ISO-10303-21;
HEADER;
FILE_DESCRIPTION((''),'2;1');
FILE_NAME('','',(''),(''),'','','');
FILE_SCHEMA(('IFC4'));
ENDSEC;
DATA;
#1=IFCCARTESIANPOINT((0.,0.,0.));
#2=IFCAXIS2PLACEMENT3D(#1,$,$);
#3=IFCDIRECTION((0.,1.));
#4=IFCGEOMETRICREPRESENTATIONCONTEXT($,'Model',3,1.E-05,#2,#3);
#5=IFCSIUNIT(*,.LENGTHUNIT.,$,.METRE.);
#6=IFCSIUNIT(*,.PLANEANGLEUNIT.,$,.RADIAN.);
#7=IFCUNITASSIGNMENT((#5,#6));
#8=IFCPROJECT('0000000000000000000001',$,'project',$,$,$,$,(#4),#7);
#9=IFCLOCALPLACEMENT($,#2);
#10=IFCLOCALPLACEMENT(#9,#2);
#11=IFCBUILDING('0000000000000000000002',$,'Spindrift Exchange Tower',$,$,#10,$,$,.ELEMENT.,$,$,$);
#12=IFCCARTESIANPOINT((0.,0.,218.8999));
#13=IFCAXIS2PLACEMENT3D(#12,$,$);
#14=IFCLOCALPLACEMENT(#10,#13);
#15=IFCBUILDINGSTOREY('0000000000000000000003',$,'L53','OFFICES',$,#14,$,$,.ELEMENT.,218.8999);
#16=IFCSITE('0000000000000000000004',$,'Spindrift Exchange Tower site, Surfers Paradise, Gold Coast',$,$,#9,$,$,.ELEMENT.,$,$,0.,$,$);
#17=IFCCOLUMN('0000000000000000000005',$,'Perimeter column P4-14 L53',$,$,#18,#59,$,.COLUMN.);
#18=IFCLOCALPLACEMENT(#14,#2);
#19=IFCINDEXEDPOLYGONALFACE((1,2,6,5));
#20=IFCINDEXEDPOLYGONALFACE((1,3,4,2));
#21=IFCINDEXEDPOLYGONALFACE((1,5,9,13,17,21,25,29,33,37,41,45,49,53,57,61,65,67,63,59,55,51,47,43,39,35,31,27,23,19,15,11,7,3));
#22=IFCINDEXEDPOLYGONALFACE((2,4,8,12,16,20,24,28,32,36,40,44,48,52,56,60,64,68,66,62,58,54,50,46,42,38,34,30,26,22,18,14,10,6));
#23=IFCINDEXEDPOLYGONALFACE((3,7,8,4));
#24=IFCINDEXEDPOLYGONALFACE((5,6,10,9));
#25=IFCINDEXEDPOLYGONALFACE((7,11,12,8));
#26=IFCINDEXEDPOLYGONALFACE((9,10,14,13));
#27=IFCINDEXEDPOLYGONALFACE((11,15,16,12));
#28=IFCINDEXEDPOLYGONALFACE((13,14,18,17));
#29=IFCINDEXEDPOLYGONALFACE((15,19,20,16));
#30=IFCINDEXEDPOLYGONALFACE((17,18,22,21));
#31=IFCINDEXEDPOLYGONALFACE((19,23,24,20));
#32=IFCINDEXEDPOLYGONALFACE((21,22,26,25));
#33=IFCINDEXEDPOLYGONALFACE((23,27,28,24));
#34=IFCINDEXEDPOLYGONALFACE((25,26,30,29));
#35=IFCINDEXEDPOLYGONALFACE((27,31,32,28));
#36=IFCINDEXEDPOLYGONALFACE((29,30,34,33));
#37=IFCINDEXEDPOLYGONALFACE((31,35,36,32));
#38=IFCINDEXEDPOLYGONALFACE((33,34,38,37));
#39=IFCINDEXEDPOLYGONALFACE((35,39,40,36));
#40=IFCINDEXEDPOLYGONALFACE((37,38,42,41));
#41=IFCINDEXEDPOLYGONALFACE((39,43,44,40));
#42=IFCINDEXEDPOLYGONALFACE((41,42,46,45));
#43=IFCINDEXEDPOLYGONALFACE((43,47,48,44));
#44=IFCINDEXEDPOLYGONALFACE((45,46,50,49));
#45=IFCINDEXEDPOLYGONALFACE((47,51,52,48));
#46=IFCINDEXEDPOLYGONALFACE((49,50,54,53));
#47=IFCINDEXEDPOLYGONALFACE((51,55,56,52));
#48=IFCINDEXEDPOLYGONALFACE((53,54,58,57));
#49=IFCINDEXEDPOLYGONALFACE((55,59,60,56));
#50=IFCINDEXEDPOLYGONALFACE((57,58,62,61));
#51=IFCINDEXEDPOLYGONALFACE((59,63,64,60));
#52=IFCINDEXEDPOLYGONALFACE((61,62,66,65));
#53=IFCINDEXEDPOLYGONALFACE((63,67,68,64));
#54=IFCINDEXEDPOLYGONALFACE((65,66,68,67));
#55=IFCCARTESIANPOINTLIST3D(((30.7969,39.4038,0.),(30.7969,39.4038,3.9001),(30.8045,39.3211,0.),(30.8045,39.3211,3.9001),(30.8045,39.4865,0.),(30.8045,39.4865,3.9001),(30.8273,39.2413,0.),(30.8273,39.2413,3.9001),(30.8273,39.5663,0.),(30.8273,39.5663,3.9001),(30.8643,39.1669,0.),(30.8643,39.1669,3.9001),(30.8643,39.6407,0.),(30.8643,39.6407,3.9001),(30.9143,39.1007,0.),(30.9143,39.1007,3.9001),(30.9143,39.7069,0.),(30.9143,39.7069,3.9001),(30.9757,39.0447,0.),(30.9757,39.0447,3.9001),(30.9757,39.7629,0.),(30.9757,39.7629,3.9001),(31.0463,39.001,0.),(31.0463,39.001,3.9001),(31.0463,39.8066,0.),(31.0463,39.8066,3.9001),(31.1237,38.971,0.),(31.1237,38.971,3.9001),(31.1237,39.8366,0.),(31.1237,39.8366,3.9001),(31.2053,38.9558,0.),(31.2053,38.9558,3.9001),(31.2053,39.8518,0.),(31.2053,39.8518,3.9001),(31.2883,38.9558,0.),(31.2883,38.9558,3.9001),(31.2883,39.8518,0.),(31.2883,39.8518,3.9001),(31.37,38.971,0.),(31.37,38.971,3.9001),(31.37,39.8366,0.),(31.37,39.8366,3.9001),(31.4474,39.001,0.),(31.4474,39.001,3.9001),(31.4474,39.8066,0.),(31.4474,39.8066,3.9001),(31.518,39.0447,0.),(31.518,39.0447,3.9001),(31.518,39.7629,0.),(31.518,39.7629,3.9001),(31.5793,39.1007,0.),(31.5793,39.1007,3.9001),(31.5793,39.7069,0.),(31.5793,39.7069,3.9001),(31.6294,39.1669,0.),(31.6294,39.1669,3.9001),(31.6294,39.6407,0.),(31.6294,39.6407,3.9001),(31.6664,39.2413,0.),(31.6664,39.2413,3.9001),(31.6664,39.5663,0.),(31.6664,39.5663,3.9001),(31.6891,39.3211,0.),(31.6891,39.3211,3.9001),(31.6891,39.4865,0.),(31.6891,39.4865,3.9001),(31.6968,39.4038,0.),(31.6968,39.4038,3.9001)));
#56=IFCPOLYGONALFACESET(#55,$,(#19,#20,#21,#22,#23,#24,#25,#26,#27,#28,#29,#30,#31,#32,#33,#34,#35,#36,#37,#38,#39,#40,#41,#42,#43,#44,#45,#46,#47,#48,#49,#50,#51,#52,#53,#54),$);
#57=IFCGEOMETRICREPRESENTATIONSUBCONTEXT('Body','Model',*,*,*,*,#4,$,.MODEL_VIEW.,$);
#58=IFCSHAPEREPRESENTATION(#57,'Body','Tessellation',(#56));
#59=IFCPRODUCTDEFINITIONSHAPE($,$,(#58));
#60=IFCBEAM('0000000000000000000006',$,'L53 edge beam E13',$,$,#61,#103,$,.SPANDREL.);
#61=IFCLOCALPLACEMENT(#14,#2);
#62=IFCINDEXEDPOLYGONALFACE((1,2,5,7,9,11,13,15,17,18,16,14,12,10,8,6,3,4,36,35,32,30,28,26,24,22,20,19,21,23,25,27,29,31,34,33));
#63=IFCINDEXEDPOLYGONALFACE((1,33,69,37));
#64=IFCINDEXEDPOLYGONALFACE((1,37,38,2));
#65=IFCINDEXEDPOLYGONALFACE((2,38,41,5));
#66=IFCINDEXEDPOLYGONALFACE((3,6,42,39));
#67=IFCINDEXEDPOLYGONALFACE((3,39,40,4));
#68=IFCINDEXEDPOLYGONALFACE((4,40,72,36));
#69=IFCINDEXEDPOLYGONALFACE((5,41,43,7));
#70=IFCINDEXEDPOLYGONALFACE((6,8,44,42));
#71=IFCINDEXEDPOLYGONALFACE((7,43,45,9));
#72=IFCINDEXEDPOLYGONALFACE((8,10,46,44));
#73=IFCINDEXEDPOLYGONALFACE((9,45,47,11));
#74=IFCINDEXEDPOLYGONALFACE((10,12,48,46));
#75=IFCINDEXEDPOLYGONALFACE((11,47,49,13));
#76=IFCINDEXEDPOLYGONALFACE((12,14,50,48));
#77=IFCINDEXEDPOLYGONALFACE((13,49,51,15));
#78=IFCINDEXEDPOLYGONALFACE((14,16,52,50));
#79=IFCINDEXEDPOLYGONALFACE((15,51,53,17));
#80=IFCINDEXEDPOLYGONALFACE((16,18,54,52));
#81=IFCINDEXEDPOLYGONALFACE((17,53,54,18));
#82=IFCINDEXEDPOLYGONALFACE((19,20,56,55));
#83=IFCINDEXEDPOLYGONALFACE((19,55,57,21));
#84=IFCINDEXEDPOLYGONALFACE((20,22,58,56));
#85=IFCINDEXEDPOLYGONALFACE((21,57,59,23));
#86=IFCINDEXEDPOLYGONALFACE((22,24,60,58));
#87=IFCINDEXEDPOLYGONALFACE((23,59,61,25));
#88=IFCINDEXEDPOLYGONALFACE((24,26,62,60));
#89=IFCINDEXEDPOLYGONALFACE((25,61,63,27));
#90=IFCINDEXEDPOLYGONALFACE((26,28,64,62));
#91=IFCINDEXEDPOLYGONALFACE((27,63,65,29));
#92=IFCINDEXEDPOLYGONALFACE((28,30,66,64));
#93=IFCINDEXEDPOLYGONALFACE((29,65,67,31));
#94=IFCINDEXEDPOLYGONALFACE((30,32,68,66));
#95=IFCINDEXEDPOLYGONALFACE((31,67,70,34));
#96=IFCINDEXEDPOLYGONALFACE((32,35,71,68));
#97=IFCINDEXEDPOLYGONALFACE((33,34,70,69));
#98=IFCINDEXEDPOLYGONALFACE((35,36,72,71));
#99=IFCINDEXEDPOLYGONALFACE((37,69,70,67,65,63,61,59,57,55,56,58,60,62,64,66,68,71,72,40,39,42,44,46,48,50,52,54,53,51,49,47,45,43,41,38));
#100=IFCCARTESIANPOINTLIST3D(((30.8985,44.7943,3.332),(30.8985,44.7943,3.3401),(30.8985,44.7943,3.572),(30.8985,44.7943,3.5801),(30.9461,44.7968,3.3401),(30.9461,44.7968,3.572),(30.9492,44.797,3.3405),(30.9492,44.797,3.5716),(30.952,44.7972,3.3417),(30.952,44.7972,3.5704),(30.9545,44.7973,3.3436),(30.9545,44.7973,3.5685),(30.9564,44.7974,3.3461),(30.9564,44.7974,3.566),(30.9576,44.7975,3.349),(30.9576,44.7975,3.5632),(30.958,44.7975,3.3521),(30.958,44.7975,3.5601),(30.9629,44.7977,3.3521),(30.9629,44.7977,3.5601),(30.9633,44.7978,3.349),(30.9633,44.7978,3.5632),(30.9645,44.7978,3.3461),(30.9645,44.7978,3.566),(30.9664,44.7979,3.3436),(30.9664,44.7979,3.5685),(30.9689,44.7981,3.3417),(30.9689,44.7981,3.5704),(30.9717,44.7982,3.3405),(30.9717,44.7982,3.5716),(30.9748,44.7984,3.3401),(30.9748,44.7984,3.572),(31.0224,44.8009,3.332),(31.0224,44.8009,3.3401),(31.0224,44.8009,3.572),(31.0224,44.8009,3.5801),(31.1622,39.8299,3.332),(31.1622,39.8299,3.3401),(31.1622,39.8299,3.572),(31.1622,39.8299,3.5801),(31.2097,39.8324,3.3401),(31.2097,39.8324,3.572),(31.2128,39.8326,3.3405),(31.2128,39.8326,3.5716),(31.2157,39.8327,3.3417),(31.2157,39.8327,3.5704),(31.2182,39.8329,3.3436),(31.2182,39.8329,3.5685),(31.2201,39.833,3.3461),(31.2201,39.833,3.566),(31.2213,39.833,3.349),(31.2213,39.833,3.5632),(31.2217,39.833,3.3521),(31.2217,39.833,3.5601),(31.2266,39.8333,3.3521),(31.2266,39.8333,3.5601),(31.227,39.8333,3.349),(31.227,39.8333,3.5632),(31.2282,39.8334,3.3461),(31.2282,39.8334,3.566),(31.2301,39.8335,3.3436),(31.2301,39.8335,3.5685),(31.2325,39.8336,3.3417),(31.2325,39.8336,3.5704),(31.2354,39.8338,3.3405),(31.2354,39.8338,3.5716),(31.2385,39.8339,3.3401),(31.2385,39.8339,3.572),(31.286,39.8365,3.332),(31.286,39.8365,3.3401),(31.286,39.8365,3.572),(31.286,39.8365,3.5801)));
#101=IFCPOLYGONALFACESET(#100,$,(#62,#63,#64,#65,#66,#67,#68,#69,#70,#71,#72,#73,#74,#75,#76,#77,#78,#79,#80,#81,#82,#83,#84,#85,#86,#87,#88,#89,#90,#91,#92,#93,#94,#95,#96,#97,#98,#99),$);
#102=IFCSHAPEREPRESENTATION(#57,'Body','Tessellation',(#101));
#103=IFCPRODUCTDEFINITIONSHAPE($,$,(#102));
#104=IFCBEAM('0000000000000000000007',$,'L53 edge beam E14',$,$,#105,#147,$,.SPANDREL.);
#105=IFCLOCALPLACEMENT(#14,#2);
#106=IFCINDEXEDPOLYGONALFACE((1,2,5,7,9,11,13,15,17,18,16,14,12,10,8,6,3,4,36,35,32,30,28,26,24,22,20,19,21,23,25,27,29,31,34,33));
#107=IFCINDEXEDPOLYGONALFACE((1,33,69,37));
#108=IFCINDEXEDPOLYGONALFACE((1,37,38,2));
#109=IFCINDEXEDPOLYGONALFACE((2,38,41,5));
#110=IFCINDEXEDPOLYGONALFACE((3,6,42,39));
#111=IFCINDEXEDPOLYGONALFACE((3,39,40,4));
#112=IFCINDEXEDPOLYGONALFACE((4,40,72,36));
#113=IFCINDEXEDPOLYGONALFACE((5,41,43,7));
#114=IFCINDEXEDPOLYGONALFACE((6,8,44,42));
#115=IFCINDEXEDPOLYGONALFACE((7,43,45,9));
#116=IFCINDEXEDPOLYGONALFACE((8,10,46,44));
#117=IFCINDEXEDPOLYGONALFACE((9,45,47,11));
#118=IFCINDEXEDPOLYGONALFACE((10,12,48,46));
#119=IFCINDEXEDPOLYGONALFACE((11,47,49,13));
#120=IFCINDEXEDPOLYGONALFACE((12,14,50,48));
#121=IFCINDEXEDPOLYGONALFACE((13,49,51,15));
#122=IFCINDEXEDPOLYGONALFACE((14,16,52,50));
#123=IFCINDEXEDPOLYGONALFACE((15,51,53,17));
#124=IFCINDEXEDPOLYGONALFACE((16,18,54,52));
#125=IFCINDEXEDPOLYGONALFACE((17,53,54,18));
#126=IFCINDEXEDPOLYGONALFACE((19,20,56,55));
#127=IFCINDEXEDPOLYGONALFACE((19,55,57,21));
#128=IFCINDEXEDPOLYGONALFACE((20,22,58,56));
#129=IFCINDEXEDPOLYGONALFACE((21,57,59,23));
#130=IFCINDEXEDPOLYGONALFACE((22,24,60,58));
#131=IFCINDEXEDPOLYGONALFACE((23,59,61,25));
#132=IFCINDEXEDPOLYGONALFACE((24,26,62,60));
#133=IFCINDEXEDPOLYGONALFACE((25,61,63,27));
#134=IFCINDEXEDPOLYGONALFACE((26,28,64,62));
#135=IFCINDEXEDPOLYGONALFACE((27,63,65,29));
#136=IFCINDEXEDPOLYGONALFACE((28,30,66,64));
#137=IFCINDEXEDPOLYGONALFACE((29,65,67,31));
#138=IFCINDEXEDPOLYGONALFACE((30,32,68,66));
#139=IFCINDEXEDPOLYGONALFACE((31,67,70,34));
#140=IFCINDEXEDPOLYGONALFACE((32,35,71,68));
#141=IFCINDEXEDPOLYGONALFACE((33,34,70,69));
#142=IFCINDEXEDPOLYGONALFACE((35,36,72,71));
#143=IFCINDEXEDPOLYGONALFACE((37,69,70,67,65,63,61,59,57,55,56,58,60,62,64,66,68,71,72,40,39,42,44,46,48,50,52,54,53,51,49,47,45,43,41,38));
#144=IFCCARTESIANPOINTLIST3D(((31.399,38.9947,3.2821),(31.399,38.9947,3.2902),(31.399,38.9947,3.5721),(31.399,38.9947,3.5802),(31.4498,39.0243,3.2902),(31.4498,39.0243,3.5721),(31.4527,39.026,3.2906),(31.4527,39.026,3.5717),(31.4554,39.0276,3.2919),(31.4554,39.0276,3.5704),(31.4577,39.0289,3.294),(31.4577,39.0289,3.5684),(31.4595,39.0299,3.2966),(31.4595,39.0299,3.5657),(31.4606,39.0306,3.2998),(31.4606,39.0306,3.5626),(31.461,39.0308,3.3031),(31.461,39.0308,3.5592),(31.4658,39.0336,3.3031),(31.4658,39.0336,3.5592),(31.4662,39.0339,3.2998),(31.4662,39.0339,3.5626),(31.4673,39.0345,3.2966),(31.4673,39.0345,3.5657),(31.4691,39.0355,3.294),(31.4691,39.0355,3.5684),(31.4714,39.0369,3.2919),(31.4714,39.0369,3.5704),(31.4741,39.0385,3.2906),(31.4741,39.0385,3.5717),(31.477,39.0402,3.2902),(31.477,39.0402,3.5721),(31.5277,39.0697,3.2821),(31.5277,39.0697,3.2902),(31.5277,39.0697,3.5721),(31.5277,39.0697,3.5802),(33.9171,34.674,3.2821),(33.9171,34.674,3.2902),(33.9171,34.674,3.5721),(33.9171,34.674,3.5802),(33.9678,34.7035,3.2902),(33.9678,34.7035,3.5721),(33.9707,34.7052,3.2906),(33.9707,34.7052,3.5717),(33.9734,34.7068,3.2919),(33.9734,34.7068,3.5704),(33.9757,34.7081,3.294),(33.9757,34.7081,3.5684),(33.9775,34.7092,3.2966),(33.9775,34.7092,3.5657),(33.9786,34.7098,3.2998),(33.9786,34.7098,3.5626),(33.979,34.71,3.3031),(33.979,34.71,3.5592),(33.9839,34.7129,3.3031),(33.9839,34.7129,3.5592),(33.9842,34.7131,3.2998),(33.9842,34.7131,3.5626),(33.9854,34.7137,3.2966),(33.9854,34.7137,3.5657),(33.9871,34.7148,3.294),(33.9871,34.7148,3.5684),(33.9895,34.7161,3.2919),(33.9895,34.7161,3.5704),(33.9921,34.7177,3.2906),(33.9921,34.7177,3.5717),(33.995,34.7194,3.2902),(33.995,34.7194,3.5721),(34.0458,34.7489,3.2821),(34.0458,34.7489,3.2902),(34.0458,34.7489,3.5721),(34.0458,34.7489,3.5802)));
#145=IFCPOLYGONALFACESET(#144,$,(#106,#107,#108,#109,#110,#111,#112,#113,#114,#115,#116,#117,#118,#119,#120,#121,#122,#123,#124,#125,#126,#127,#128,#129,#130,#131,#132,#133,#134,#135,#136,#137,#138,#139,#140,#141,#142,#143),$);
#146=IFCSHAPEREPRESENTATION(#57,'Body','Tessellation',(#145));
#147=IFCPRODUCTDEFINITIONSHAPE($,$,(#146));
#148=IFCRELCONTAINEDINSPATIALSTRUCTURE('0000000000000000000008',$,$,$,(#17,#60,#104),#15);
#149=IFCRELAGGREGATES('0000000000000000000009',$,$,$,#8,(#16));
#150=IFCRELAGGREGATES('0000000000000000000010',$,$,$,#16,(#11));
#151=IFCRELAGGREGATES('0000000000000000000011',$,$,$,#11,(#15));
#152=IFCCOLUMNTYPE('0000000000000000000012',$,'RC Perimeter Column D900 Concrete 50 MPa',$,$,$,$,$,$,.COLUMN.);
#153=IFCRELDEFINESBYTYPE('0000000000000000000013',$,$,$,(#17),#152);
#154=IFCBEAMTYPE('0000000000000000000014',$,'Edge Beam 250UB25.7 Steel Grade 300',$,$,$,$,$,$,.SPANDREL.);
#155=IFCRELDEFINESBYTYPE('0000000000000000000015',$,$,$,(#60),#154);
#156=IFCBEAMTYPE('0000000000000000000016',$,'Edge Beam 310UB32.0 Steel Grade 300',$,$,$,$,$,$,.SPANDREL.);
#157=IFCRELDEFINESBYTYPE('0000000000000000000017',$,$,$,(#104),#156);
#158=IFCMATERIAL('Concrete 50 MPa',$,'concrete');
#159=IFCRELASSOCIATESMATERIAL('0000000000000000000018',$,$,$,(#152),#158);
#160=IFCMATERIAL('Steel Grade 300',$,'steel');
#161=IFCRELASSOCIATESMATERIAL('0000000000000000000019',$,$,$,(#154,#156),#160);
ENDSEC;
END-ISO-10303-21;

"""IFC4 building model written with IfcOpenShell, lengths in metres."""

from ifc_helpers import new_model, si_unit, direction, frame, origin, origin_2d, place, context, subcontext, project, spatial, circle, i_section, extrude, source, transform, mapped, material, material_profile, profile_set, type_object, element, save


model = new_model("IFC4")

# Units and contexts
model_context = context("Model", 3, precision=1e-05, world=origin(), true_north=direction((0.0, 1.0)))
body_context = subcontext(model_context, "Body", "Model", "MODEL_VIEW")
ifc_project = project(units=[si_unit("LENGTHUNIT", "METRE"), si_unit("PLANEANGLEUNIT", "RADIAN")], contexts=[model_context])

# Site, building, storey
site_placement = place(None, origin())
site = spatial("IfcSite", under=ifc_project, at=site_placement, Name="Spindrift Exchange Tower site, Surfers Paradise, Gold Coast", CompositionType="ELEMENT", RefElevation=0.0)
building_placement = place(site_placement, origin())
building = spatial("IfcBuilding", under=site, at=building_placement, Name="Spindrift Exchange Tower", CompositionType="ELEMENT")
storey_placement = place(building_placement, frame((0.0, 0.0, 218.8999)))
storey = spatial("IfcBuildingStorey", under=building, at=storey_placement, Name="L53", Description="OFFICES", CompositionType="ELEMENT", Elevation=218.8999)

# Column
ifc_material_1 = material(Name="Concrete 50 MPa", Category="concrete")
ifc_material_profile_1 = material_profile(ifc_material_1, circle(Radius=0.45, at=origin_2d()), Name="RC D900")
ifc_profile_set_1 = profile_set([ifc_material_profile_1], Name="Concrete 50 MPa")
column_type = type_object("IfcColumnType", Name="RC Perimeter Column D900 Concrete 50 MPa", PredefinedType="COLUMN", material=ifc_profile_set_1)
shared_shape_1 = source(origin(), body_context, "Body", "SweptSolid", [
    extrude(circle(Radius=0.45, at=origin_2d()), origin(), (0.0, 0.0, 1.0), 3.9001),
])
column_placement = place(storey_placement, frame((31.2468, 39.4038, 0.0), z_axis=(0.0, 0.0, 1.0), x_axis=(1.0, 0.0, 0.0)))
element("IfcColumn", 1, at=column_placement, inside=storey, type_object=column_type, Name="Perimeter column P4-14 L53", PredefinedType="COLUMN", context=body_context, shape_type="MappedRepresentation", body=[
    mapped(shared_shape_1, transform((0.0, 0.0, 0.0), scale=1.0)),
])

# Beams
ifc_material_2 = material(Name="Steel Grade 300", Category="steel")
ifc_material_profile_2 = material_profile(ifc_material_2, i_section(OverallWidth=0.124, OverallDepth=0.248, WebThickness=0.0049, FlangeThickness=0.0081, FilletRadius=0.012, at=origin_2d()), Name="250UB25.7")
ifc_profile_set_2 = profile_set([ifc_material_profile_2], Name="Steel Grade 300")
beam_type_1 = type_object("IfcBeamType", Name="Edge Beam 250UB25.7 Steel Grade 300", PredefinedType="SPANDREL", material=ifc_profile_set_2)
shared_shape_2 = source(origin(), body_context, "Body", "SweptSolid", [
    extrude(i_section(OverallWidth=0.124, OverallDepth=0.248, WebThickness=0.0049, FlangeThickness=0.0081, FilletRadius=0.012, at=origin_2d()), origin(), (0.0, 0.0, 1.0), 4.9714),
])
beam_1_placement = place(storey_placement, frame((30.9604, 44.7976, 3.4561), z_axis=(0.053038, -0.998592, 0.0), x_axis=(0.998592, 0.053038, 0.0)))
element("IfcBeam", 2, at=beam_1_placement, inside=storey, type_object=beam_type_1, Name="L53 edge beam E13", PredefinedType="SPANDREL", context=body_context, shape_type="MappedRepresentation", body=[
    mapped(shared_shape_2, transform((0.0, 0.0, 0.0), scale=1.0)),
])
ifc_material_profile_3 = material_profile(ifc_material_2, i_section(OverallWidth=0.1489, OverallDepth=0.2981, WebThickness=0.0056, FlangeThickness=0.0081, FilletRadius=0.0129, at=origin_2d()), Name="310UB32.0")
ifc_profile_set_3 = profile_set([ifc_material_profile_3], Name="Steel Grade 300")
beam_type_2 = type_object("IfcBeamType", Name="Edge Beam 310UB32.0 Steel Grade 300", PredefinedType="SPANDREL", material=ifc_profile_set_3)
shared_shape_3 = source(origin(), body_context, "Body", "SweptSolid", [
    extrude(i_section(OverallWidth=0.1489, OverallDepth=0.2981, WebThickness=0.0056, FlangeThickness=0.0081, FilletRadius=0.0129, at=origin_2d()), origin(), (0.0, 0.0, 1.0), 5.001),
])
beam_2_placement = place(storey_placement, frame((31.4634, 39.0322, 3.4312), z_axis=(0.503513, -0.863988, 0.0), x_axis=(0.863988, 0.503513, 0.0)))
element("IfcBeam", 3, at=beam_2_placement, inside=storey, type_object=beam_type_2, Name="L53 edge beam E14", PredefinedType="SPANDREL", context=body_context, shape_type="MappedRepresentation", body=[
    mapped(shared_shape_3, transform((0.0, 0.0, 0.0), scale=1.0)),
])

save(model, "model.ifc")
